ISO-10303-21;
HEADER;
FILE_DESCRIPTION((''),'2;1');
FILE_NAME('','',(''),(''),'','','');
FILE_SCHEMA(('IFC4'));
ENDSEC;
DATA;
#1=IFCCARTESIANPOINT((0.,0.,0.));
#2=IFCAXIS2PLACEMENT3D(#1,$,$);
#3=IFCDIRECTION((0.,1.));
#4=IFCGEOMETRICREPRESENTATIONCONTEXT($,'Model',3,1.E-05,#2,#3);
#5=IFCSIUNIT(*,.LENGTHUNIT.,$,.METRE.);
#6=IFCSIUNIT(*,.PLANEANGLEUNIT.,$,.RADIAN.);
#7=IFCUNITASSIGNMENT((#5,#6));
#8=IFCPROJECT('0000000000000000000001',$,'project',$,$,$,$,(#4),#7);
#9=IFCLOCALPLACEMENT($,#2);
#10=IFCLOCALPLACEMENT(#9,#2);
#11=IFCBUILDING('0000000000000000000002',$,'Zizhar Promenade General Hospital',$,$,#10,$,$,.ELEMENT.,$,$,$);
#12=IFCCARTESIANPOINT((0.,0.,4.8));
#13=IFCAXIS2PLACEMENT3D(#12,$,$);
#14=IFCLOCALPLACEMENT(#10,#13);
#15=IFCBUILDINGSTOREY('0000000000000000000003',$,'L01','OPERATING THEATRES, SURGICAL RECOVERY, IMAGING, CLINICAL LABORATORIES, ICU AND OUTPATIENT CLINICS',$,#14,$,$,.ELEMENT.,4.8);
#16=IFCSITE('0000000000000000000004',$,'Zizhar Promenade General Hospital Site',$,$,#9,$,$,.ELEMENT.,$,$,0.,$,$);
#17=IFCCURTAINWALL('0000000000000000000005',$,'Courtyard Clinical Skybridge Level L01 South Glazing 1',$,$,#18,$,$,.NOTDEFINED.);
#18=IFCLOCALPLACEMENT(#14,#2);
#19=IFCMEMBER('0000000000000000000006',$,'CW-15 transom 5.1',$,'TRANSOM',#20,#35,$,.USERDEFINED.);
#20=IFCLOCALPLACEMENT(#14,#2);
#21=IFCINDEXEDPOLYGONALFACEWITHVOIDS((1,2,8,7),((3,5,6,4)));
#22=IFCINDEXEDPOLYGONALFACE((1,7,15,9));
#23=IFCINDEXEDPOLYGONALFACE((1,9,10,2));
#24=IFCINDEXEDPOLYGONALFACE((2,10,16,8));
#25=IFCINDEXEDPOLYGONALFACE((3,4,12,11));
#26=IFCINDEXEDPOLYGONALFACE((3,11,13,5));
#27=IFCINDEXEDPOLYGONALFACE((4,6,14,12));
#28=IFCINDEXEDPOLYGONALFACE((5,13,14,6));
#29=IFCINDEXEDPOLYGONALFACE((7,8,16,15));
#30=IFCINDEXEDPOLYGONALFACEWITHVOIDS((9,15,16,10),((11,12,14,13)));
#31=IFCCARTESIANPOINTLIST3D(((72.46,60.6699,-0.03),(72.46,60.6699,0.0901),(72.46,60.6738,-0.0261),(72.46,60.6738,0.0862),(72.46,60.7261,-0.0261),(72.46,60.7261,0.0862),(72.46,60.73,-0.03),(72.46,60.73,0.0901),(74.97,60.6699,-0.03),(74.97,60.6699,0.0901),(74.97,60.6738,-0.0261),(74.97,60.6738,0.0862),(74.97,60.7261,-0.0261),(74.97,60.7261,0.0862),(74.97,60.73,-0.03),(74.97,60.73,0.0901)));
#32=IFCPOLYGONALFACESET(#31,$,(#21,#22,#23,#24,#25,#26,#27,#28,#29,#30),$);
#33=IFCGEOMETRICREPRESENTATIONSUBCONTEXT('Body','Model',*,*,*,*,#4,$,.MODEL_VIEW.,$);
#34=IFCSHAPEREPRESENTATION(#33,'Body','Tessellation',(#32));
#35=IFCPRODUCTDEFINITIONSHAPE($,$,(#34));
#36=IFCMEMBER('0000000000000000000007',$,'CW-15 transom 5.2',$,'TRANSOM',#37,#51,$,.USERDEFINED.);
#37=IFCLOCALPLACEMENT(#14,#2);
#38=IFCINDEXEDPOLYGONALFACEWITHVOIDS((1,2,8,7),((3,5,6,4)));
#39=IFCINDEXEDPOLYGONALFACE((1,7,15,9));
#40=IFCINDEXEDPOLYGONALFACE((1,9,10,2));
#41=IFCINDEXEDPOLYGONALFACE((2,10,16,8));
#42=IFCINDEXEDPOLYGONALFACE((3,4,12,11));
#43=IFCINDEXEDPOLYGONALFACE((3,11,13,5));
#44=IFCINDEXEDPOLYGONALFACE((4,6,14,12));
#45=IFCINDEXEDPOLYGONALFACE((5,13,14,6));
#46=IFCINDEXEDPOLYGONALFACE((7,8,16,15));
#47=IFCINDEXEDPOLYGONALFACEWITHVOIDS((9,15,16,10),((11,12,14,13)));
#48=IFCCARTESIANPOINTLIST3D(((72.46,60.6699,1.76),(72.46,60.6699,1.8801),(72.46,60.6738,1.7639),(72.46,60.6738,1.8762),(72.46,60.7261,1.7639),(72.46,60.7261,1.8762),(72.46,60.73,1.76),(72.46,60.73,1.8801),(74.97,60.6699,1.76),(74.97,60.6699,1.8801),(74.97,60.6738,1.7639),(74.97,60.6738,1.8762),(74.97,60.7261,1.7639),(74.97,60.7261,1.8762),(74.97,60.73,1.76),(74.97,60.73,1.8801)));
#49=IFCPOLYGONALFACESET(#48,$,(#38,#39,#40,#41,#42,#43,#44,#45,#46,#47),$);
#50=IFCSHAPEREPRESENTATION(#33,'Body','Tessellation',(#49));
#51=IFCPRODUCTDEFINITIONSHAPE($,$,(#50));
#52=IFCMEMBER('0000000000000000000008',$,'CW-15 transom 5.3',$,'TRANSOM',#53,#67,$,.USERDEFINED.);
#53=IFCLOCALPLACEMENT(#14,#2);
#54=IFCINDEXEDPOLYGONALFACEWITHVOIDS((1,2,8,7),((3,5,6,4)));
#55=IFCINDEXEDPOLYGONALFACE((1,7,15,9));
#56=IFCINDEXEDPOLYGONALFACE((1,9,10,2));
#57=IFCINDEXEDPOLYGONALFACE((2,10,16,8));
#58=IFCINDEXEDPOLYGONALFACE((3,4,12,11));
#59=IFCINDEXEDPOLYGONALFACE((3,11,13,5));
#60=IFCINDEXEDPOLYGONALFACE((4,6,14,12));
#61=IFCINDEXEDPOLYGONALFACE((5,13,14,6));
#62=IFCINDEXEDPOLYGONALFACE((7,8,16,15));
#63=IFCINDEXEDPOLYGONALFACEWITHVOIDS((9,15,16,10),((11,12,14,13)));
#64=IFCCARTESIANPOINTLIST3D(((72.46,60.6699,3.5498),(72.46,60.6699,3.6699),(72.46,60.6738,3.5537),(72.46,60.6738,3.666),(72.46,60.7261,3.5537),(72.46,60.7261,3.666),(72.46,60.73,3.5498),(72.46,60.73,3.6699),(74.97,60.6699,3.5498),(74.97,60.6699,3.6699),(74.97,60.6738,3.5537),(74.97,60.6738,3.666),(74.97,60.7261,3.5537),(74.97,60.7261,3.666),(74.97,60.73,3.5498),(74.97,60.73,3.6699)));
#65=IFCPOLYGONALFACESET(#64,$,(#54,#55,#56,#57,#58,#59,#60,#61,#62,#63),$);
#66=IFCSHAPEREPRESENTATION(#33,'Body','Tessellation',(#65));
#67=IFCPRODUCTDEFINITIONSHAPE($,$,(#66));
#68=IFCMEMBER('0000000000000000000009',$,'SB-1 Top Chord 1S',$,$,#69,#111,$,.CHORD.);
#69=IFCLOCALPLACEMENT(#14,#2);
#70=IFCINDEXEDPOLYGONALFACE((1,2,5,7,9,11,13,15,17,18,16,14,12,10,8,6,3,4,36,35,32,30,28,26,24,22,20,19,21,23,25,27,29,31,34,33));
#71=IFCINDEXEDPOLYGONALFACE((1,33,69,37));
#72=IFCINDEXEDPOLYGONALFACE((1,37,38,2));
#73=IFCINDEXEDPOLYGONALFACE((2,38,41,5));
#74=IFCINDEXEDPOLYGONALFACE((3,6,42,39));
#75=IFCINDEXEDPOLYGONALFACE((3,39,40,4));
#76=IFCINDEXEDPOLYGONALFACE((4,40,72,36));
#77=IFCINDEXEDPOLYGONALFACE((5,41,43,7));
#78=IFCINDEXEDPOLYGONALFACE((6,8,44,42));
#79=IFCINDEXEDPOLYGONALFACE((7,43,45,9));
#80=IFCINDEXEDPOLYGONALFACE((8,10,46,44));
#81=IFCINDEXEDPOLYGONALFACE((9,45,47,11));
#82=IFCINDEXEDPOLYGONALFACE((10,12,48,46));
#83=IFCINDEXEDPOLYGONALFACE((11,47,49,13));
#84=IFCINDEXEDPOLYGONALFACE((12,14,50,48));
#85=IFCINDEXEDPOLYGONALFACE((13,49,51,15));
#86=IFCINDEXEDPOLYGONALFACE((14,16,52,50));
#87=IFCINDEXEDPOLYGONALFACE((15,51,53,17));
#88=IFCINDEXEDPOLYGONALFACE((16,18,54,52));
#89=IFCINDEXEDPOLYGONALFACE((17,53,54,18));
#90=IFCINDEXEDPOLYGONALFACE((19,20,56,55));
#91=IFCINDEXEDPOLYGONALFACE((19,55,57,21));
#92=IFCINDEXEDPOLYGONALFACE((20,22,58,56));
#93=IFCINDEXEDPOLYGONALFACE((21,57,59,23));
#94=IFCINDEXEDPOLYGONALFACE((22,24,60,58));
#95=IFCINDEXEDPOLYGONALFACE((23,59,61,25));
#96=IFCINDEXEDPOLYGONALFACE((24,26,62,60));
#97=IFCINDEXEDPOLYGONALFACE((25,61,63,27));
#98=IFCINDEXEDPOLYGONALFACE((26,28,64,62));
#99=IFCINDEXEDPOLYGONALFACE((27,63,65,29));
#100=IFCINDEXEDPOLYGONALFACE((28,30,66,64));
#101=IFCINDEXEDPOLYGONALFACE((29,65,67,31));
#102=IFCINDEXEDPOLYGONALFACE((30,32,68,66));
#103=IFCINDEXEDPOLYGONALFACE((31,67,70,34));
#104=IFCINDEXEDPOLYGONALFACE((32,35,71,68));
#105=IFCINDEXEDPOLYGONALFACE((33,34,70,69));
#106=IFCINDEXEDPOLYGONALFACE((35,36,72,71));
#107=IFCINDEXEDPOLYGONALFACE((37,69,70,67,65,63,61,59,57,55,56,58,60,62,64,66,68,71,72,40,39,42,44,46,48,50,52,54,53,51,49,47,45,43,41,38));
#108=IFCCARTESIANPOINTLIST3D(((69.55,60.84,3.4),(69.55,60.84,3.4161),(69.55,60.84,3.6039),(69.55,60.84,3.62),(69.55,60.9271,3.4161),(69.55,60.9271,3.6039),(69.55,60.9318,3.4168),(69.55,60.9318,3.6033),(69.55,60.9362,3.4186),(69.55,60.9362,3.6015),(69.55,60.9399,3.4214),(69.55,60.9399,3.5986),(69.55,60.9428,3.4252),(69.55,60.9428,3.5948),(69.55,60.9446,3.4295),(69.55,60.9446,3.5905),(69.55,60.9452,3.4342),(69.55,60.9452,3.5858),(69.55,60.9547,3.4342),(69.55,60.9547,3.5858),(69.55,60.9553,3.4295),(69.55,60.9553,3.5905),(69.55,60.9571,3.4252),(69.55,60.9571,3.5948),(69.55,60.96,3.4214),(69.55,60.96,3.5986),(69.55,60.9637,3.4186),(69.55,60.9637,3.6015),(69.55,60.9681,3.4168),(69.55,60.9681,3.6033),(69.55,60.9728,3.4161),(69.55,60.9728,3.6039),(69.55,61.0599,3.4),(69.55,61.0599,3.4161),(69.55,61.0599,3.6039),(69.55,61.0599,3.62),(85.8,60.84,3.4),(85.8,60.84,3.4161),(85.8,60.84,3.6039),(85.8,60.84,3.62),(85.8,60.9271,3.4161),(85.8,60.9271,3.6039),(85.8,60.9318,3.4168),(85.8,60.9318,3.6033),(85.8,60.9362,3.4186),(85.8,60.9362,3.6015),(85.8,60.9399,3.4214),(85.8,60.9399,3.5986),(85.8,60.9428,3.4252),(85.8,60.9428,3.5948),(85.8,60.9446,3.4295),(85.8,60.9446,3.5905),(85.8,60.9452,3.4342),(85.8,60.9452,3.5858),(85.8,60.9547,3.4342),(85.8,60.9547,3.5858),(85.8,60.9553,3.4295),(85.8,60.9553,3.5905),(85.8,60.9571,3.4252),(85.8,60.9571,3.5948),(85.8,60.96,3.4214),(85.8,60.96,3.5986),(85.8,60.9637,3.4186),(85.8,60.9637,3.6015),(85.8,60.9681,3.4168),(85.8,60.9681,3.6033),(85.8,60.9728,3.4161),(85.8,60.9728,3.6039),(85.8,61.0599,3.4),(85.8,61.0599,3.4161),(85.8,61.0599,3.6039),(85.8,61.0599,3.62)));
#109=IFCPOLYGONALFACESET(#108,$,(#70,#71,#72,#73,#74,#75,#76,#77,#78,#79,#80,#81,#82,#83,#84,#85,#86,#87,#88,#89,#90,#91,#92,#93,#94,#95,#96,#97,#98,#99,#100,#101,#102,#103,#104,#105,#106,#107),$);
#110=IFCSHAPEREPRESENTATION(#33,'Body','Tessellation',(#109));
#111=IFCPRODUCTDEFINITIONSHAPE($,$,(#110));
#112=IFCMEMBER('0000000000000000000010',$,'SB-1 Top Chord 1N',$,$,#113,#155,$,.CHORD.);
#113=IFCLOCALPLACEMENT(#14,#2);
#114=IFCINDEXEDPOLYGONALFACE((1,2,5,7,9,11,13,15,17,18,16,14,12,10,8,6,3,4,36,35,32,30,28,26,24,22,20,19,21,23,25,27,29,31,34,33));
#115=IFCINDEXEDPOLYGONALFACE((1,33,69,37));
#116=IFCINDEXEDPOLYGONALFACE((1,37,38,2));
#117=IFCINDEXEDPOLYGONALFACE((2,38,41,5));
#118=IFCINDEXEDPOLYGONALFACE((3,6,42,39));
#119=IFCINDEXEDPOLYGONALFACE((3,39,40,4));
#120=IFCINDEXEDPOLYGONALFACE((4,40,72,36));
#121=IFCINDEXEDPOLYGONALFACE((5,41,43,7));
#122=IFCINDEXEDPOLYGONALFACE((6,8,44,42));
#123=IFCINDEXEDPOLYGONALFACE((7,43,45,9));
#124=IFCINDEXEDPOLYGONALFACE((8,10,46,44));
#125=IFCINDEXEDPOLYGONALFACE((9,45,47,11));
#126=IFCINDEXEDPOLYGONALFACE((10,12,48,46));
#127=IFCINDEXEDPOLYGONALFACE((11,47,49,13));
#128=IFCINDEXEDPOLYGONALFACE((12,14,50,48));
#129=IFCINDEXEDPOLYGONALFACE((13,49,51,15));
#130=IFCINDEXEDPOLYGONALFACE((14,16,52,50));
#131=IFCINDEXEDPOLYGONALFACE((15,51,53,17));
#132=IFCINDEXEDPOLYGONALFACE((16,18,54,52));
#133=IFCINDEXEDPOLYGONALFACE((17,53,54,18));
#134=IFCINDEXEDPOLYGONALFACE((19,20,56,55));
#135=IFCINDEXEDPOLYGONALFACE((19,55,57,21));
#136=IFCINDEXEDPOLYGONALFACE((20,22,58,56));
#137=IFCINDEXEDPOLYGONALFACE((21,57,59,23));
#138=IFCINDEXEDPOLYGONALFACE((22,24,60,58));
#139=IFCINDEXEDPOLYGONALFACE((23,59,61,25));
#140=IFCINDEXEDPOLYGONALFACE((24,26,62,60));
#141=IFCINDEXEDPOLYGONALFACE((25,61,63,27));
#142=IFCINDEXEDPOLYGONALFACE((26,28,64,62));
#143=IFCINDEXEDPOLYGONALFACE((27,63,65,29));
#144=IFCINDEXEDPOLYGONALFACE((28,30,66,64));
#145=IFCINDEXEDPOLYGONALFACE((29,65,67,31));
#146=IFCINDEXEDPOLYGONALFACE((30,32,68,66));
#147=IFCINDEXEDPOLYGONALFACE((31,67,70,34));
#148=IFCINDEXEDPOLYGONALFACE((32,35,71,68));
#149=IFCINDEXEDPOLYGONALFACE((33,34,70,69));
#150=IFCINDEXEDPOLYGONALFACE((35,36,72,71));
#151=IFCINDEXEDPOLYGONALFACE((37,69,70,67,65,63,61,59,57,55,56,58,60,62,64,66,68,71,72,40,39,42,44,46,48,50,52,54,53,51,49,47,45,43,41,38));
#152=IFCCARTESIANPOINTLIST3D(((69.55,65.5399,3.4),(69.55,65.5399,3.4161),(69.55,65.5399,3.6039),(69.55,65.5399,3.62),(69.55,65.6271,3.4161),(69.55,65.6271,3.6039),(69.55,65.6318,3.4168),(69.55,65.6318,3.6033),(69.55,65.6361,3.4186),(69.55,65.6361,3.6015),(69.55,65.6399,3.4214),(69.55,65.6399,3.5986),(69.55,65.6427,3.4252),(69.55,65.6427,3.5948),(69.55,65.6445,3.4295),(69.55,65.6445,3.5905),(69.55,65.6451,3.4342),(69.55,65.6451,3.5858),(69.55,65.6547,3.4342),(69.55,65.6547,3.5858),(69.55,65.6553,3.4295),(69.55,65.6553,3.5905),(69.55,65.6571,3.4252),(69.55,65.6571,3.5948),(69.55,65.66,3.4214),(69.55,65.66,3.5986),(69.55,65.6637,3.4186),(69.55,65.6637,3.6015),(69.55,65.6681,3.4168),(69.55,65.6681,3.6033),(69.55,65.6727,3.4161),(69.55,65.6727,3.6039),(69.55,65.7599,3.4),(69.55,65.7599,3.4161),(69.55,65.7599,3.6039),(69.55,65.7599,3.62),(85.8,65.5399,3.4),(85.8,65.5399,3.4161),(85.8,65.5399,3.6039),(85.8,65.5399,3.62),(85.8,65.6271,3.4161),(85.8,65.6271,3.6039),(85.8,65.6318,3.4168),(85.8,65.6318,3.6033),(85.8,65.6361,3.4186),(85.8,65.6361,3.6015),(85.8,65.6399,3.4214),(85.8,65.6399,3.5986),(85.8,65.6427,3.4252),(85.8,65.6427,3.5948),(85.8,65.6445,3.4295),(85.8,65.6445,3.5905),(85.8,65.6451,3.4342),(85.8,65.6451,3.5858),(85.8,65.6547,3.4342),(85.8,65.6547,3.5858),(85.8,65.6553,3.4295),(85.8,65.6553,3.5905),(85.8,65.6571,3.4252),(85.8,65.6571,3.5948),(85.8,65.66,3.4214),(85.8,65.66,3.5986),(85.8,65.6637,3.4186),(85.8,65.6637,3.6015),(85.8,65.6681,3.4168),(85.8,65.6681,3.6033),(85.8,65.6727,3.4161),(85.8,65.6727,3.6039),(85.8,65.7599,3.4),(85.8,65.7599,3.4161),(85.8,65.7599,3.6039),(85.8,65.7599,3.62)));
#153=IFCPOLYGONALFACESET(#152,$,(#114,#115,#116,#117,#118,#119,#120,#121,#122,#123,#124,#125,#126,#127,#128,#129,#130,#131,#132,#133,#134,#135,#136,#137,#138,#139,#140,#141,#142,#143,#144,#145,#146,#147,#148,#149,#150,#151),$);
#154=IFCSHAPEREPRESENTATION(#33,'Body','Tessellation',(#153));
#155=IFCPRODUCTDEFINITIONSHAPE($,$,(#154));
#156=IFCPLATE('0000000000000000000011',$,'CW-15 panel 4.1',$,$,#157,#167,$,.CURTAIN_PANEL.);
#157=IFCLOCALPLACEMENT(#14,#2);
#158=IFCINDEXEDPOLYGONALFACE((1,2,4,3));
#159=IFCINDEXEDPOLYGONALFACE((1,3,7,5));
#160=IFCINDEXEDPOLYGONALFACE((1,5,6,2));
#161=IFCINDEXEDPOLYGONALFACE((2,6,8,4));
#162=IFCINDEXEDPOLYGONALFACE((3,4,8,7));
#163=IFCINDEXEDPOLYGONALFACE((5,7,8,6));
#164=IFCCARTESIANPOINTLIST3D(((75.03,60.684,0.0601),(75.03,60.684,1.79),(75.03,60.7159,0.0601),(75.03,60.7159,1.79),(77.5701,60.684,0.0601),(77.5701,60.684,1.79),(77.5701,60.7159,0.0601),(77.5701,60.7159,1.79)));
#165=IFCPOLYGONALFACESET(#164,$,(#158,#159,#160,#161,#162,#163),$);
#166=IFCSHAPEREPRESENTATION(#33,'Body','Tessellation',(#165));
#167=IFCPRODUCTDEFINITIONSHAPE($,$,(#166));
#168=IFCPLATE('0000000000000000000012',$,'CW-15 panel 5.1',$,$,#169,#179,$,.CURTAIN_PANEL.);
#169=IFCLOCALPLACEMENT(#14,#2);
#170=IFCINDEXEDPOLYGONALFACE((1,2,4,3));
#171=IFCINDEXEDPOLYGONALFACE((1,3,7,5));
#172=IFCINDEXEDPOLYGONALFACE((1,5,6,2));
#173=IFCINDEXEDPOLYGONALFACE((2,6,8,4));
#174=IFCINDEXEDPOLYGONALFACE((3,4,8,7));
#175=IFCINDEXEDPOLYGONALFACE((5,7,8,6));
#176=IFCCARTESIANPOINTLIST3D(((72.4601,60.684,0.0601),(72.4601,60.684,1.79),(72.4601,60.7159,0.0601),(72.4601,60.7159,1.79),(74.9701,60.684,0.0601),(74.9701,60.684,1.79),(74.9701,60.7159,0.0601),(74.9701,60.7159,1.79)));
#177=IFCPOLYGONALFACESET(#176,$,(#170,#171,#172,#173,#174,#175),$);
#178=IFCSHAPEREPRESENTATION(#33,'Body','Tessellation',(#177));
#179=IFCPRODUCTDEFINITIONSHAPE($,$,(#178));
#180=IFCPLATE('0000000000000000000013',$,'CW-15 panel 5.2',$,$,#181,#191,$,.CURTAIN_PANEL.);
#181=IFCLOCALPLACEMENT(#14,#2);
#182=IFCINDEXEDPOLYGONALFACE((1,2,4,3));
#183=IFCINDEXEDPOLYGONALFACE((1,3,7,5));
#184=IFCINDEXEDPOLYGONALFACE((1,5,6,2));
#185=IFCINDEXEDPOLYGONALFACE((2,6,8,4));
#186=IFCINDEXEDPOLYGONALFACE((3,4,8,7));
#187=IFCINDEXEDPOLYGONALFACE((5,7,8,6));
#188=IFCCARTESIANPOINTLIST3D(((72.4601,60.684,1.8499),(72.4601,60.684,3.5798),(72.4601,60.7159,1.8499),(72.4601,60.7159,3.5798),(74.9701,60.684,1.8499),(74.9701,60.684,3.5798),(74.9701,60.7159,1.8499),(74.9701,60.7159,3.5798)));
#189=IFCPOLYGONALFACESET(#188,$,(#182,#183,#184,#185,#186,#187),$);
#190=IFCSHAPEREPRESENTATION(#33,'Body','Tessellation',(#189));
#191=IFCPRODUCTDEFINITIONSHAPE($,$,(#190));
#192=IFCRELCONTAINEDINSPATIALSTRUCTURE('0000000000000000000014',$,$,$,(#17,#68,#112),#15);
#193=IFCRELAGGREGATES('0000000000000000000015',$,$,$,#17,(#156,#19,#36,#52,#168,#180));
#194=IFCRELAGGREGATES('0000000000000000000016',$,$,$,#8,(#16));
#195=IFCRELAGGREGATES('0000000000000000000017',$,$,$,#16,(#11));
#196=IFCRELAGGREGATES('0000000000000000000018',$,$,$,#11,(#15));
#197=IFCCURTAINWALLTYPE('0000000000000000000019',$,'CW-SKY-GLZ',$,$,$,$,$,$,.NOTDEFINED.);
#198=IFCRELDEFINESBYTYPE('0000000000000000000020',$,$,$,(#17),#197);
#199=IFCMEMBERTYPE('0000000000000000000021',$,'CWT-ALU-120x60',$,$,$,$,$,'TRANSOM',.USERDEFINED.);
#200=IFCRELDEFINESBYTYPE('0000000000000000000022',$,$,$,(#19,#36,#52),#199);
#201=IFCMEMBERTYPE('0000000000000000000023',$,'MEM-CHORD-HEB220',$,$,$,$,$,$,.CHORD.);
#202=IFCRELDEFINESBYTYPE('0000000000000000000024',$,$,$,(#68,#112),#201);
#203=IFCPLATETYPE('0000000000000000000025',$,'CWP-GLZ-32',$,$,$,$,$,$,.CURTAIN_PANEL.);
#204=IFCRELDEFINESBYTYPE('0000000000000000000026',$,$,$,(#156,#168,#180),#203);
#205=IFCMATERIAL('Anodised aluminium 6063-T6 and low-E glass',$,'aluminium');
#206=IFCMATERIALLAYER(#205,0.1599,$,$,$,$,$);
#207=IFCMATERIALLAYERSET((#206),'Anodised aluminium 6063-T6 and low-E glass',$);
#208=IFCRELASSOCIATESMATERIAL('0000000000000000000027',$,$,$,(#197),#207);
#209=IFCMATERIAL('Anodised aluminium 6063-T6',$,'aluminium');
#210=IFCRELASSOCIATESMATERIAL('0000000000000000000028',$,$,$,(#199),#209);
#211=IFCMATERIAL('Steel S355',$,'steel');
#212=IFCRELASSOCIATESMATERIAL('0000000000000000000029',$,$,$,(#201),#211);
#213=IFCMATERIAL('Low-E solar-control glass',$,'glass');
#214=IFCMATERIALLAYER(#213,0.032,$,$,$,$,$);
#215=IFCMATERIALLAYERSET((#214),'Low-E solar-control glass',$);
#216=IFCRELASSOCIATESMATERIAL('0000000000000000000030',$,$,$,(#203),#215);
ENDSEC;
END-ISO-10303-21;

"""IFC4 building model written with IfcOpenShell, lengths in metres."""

from ifc_helpers import new_model, si_unit, direction, frame, origin, origin_2d, place, context, subcontext, project, spatial, rectangle, hollow_rectangle, i_section, extrude, material, layer, layer_set, material_profile, profile_set, type_object, element, aggregate, save


model = new_model("IFC4")

# Units and contexts
model_context = context("Model", 3, precision=1e-05, world=origin(), true_north=direction((0.0, 1.0)))
body_context = subcontext(model_context, "Body", "Model", "MODEL_VIEW")
ifc_project = project(units=[si_unit("LENGTHUNIT", "METRE"), si_unit("PLANEANGLEUNIT", "RADIAN")], contexts=[model_context])

# Site, building, storey
site_placement = place(None, origin())
site = spatial("IfcSite", under=ifc_project, at=site_placement, Name="Zizhar Promenade General Hospital Site", CompositionType="ELEMENT", RefElevation=0.0)
building_placement = place(site_placement, origin())
building = spatial("IfcBuilding", under=site, at=building_placement, Name="Zizhar Promenade General Hospital", CompositionType="ELEMENT")
storey_placement = place(building_placement, frame((0.0, 0.0, 4.8)))
storey = spatial("IfcBuildingStorey", under=building, at=storey_placement, Name="L01", Description="OPERATING THEATRES, SURGICAL RECOVERY, IMAGING, CLINICAL LABORATORIES, ICU AND OUTPATIENT CLINICS", CompositionType="ELEMENT", Elevation=4.8)

# Curtain wall, members
ifc_material_1 = material(Name="Anodised aluminium 6063-T6 and low-E glass", Category="aluminium")
ifc_layer_1 = layer(ifc_material_1, 0.1599)
ifc_layer_set_1 = layer_set([ifc_layer_1], Name="Anodised aluminium 6063-T6 and low-E glass")
curtain_wall_type = type_object("IfcCurtainWallType", Name="CW-SKY-GLZ", PredefinedType="NOTDEFINED", material=ifc_layer_set_1)
curtain_wall_placement = place(storey_placement, origin())
curtain_wall = element("IfcCurtainWall", 1, at=curtain_wall_placement, inside=storey, type_object=curtain_wall_type, Name="Courtyard Clinical Skybridge Level L01 South Glazing 1", PredefinedType="NOTDEFINED")
ifc_material_2 = material(Name="Anodised aluminium 6063-T6", Category="aluminium")
ifc_material_profile_1 = material_profile(ifc_material_2, hollow_rectangle(XDim=0.0601, YDim=0.1201, WallThickness=0.0039, at=origin_2d()))
ifc_profile_set_1 = profile_set([ifc_material_profile_1], Name="Anodised aluminium 6063-T6")
member_type_1 = type_object("IfcMemberType", Name="CWT-ALU-120x60", ElementType="TRANSOM", PredefinedType="USERDEFINED", material=ifc_profile_set_1)
member_1_placement = place(storey_placement, frame((74.97, 60.7, 0.03), z_axis=(-1.0, 0.0, 0.0), x_axis=(0.0, -1.0, 0.0)))
member_1 = element("IfcMember", 2, at=member_1_placement, type_object=member_type_1, Name="CW-15 transom 5.1", ObjectType="TRANSOM", PredefinedType="USERDEFINED", context=body_context, shape_type="SweptSolid", body=[
    extrude(hollow_rectangle(XDim=0.0601, YDim=0.1201, WallThickness=0.0039, at=origin_2d()), origin(), (0.0, 0.0, 1.0), 2.51),
])
member_2_placement = place(storey_placement, frame((74.97, 60.7, 1.8201), z_axis=(-1.0, 0.0, 0.0), x_axis=(0.0, -1.0, 0.0)))
member_2 = element("IfcMember", 3, at=member_2_placement, type_object=member_type_1, Name="CW-15 transom 5.2", ObjectType="TRANSOM", PredefinedType="USERDEFINED", context=body_context, shape_type="SweptSolid", body=[
    extrude(hollow_rectangle(XDim=0.0601, YDim=0.1201, WallThickness=0.0039, at=origin_2d()), origin(), (0.0, 0.0, 1.0), 2.51),
])
member_3_placement = place(storey_placement, frame((74.97, 60.7, 3.6099), z_axis=(-1.0, 0.0, 0.0), x_axis=(0.0, -1.0, 0.0)))
member_3 = element("IfcMember", 4, at=member_3_placement, type_object=member_type_1, Name="CW-15 transom 5.3", ObjectType="TRANSOM", PredefinedType="USERDEFINED", context=body_context, shape_type="SweptSolid", body=[
    extrude(hollow_rectangle(XDim=0.0601, YDim=0.1201, WallThickness=0.0039, at=origin_2d()), origin(), (0.0, 0.0, 1.0), 2.51),
])

# Members
ifc_material_3 = material(Name="Steel S355", Category="steel")
ifc_material_profile_2 = material_profile(ifc_material_3, i_section(OverallWidth=0.22, OverallDepth=0.22, WebThickness=0.0095, FlangeThickness=0.0161, FilletRadius=0.0181, at=origin_2d()))
ifc_profile_set_2 = profile_set([ifc_material_profile_2], Name="Steel S355")
member_type_2 = type_object("IfcMemberType", Name="MEM-CHORD-HEB220", PredefinedType="CHORD", material=ifc_profile_set_2)
for number, where, z_axis, x_axis, name in (
    (5, (69.55, 60.95, 3.51), (1.0, 0.0, 0.0), (0.0, 1.0, 0.0), "SB-1 Top Chord 1S"),
    (6, (69.55, 65.6499, 3.51), (1.0, 0.0, 0.0), (0.0, 1.0, 0.0), "SB-1 Top Chord 1N"),
):
    element("IfcMember", number, at=place(storey_placement, frame(where, z_axis=z_axis, x_axis=x_axis)), inside=storey, type_object=member_type_2, Name=name, PredefinedType="CHORD", context=body_context, shape_type="SweptSolid", body=[
        extrude(i_section(OverallWidth=0.22, OverallDepth=0.22, WebThickness=0.0095, FlangeThickness=0.0161, FilletRadius=0.0181, at=origin_2d()), origin(), (0.0, 0.0, 1.0), 16.25),
    ])

# Plates
ifc_material_4 = material(Name="Low-E solar-control glass", Category="glass")
ifc_layer_2 = layer(ifc_material_4, 0.032)
ifc_layer_set_2 = layer_set([ifc_layer_2], Name="Low-E solar-control glass")
plate_type = type_object("IfcPlateType", Name="CWP-GLZ-32", PredefinedType="CURTAIN_PANEL", material=ifc_layer_set_2)
plate_1_placement = place(storey_placement, frame((76.3, 60.7, 0.0601), z_axis=(0.0, 0.0, 1.0), x_axis=(-1.0, 0.0, 0.0)))
plate_1 = element("IfcPlate", 7, at=plate_1_placement, type_object=plate_type, Name="CW-15 panel 4.1", PredefinedType="CURTAIN_PANEL", context=body_context, shape_type="SweptSolid", body=[
    extrude(rectangle(XDim=2.54, YDim=0.032, at=origin_2d()), origin(), (0.0, 0.0, 1.0), 1.73),
])
plate_2_placement = place(storey_placement, frame((73.7151, 60.7, 0.0601), z_axis=(0.0, 0.0, 1.0), x_axis=(-1.0, 0.0, 0.0)))
plate_2 = element("IfcPlate", 8, at=plate_2_placement, type_object=plate_type, Name="CW-15 panel 5.1", PredefinedType="CURTAIN_PANEL", context=body_context, shape_type="SweptSolid", body=[
    extrude(rectangle(XDim=2.51, YDim=0.032, at=origin_2d()), origin(), (0.0, 0.0, 1.0), 1.73),
])
plate_3_placement = place(storey_placement, frame((73.7151, 60.7, 1.8499), z_axis=(0.0, 0.0, 1.0), x_axis=(-1.0, 0.0, 0.0)))
plate_3 = element("IfcPlate", 9, at=plate_3_placement, type_object=plate_type, Name="CW-15 panel 5.2", PredefinedType="CURTAIN_PANEL", context=body_context, shape_type="SweptSolid", body=[
    extrude(rectangle(XDim=2.51, YDim=0.032, at=origin_2d()), origin(), (0.0, 0.0, 1.0), 1.73),
])
aggregate(curtain_wall, [plate_1, member_1, member_2, member_3, plate_2, plate_3])

save(model, "model.ifc")
